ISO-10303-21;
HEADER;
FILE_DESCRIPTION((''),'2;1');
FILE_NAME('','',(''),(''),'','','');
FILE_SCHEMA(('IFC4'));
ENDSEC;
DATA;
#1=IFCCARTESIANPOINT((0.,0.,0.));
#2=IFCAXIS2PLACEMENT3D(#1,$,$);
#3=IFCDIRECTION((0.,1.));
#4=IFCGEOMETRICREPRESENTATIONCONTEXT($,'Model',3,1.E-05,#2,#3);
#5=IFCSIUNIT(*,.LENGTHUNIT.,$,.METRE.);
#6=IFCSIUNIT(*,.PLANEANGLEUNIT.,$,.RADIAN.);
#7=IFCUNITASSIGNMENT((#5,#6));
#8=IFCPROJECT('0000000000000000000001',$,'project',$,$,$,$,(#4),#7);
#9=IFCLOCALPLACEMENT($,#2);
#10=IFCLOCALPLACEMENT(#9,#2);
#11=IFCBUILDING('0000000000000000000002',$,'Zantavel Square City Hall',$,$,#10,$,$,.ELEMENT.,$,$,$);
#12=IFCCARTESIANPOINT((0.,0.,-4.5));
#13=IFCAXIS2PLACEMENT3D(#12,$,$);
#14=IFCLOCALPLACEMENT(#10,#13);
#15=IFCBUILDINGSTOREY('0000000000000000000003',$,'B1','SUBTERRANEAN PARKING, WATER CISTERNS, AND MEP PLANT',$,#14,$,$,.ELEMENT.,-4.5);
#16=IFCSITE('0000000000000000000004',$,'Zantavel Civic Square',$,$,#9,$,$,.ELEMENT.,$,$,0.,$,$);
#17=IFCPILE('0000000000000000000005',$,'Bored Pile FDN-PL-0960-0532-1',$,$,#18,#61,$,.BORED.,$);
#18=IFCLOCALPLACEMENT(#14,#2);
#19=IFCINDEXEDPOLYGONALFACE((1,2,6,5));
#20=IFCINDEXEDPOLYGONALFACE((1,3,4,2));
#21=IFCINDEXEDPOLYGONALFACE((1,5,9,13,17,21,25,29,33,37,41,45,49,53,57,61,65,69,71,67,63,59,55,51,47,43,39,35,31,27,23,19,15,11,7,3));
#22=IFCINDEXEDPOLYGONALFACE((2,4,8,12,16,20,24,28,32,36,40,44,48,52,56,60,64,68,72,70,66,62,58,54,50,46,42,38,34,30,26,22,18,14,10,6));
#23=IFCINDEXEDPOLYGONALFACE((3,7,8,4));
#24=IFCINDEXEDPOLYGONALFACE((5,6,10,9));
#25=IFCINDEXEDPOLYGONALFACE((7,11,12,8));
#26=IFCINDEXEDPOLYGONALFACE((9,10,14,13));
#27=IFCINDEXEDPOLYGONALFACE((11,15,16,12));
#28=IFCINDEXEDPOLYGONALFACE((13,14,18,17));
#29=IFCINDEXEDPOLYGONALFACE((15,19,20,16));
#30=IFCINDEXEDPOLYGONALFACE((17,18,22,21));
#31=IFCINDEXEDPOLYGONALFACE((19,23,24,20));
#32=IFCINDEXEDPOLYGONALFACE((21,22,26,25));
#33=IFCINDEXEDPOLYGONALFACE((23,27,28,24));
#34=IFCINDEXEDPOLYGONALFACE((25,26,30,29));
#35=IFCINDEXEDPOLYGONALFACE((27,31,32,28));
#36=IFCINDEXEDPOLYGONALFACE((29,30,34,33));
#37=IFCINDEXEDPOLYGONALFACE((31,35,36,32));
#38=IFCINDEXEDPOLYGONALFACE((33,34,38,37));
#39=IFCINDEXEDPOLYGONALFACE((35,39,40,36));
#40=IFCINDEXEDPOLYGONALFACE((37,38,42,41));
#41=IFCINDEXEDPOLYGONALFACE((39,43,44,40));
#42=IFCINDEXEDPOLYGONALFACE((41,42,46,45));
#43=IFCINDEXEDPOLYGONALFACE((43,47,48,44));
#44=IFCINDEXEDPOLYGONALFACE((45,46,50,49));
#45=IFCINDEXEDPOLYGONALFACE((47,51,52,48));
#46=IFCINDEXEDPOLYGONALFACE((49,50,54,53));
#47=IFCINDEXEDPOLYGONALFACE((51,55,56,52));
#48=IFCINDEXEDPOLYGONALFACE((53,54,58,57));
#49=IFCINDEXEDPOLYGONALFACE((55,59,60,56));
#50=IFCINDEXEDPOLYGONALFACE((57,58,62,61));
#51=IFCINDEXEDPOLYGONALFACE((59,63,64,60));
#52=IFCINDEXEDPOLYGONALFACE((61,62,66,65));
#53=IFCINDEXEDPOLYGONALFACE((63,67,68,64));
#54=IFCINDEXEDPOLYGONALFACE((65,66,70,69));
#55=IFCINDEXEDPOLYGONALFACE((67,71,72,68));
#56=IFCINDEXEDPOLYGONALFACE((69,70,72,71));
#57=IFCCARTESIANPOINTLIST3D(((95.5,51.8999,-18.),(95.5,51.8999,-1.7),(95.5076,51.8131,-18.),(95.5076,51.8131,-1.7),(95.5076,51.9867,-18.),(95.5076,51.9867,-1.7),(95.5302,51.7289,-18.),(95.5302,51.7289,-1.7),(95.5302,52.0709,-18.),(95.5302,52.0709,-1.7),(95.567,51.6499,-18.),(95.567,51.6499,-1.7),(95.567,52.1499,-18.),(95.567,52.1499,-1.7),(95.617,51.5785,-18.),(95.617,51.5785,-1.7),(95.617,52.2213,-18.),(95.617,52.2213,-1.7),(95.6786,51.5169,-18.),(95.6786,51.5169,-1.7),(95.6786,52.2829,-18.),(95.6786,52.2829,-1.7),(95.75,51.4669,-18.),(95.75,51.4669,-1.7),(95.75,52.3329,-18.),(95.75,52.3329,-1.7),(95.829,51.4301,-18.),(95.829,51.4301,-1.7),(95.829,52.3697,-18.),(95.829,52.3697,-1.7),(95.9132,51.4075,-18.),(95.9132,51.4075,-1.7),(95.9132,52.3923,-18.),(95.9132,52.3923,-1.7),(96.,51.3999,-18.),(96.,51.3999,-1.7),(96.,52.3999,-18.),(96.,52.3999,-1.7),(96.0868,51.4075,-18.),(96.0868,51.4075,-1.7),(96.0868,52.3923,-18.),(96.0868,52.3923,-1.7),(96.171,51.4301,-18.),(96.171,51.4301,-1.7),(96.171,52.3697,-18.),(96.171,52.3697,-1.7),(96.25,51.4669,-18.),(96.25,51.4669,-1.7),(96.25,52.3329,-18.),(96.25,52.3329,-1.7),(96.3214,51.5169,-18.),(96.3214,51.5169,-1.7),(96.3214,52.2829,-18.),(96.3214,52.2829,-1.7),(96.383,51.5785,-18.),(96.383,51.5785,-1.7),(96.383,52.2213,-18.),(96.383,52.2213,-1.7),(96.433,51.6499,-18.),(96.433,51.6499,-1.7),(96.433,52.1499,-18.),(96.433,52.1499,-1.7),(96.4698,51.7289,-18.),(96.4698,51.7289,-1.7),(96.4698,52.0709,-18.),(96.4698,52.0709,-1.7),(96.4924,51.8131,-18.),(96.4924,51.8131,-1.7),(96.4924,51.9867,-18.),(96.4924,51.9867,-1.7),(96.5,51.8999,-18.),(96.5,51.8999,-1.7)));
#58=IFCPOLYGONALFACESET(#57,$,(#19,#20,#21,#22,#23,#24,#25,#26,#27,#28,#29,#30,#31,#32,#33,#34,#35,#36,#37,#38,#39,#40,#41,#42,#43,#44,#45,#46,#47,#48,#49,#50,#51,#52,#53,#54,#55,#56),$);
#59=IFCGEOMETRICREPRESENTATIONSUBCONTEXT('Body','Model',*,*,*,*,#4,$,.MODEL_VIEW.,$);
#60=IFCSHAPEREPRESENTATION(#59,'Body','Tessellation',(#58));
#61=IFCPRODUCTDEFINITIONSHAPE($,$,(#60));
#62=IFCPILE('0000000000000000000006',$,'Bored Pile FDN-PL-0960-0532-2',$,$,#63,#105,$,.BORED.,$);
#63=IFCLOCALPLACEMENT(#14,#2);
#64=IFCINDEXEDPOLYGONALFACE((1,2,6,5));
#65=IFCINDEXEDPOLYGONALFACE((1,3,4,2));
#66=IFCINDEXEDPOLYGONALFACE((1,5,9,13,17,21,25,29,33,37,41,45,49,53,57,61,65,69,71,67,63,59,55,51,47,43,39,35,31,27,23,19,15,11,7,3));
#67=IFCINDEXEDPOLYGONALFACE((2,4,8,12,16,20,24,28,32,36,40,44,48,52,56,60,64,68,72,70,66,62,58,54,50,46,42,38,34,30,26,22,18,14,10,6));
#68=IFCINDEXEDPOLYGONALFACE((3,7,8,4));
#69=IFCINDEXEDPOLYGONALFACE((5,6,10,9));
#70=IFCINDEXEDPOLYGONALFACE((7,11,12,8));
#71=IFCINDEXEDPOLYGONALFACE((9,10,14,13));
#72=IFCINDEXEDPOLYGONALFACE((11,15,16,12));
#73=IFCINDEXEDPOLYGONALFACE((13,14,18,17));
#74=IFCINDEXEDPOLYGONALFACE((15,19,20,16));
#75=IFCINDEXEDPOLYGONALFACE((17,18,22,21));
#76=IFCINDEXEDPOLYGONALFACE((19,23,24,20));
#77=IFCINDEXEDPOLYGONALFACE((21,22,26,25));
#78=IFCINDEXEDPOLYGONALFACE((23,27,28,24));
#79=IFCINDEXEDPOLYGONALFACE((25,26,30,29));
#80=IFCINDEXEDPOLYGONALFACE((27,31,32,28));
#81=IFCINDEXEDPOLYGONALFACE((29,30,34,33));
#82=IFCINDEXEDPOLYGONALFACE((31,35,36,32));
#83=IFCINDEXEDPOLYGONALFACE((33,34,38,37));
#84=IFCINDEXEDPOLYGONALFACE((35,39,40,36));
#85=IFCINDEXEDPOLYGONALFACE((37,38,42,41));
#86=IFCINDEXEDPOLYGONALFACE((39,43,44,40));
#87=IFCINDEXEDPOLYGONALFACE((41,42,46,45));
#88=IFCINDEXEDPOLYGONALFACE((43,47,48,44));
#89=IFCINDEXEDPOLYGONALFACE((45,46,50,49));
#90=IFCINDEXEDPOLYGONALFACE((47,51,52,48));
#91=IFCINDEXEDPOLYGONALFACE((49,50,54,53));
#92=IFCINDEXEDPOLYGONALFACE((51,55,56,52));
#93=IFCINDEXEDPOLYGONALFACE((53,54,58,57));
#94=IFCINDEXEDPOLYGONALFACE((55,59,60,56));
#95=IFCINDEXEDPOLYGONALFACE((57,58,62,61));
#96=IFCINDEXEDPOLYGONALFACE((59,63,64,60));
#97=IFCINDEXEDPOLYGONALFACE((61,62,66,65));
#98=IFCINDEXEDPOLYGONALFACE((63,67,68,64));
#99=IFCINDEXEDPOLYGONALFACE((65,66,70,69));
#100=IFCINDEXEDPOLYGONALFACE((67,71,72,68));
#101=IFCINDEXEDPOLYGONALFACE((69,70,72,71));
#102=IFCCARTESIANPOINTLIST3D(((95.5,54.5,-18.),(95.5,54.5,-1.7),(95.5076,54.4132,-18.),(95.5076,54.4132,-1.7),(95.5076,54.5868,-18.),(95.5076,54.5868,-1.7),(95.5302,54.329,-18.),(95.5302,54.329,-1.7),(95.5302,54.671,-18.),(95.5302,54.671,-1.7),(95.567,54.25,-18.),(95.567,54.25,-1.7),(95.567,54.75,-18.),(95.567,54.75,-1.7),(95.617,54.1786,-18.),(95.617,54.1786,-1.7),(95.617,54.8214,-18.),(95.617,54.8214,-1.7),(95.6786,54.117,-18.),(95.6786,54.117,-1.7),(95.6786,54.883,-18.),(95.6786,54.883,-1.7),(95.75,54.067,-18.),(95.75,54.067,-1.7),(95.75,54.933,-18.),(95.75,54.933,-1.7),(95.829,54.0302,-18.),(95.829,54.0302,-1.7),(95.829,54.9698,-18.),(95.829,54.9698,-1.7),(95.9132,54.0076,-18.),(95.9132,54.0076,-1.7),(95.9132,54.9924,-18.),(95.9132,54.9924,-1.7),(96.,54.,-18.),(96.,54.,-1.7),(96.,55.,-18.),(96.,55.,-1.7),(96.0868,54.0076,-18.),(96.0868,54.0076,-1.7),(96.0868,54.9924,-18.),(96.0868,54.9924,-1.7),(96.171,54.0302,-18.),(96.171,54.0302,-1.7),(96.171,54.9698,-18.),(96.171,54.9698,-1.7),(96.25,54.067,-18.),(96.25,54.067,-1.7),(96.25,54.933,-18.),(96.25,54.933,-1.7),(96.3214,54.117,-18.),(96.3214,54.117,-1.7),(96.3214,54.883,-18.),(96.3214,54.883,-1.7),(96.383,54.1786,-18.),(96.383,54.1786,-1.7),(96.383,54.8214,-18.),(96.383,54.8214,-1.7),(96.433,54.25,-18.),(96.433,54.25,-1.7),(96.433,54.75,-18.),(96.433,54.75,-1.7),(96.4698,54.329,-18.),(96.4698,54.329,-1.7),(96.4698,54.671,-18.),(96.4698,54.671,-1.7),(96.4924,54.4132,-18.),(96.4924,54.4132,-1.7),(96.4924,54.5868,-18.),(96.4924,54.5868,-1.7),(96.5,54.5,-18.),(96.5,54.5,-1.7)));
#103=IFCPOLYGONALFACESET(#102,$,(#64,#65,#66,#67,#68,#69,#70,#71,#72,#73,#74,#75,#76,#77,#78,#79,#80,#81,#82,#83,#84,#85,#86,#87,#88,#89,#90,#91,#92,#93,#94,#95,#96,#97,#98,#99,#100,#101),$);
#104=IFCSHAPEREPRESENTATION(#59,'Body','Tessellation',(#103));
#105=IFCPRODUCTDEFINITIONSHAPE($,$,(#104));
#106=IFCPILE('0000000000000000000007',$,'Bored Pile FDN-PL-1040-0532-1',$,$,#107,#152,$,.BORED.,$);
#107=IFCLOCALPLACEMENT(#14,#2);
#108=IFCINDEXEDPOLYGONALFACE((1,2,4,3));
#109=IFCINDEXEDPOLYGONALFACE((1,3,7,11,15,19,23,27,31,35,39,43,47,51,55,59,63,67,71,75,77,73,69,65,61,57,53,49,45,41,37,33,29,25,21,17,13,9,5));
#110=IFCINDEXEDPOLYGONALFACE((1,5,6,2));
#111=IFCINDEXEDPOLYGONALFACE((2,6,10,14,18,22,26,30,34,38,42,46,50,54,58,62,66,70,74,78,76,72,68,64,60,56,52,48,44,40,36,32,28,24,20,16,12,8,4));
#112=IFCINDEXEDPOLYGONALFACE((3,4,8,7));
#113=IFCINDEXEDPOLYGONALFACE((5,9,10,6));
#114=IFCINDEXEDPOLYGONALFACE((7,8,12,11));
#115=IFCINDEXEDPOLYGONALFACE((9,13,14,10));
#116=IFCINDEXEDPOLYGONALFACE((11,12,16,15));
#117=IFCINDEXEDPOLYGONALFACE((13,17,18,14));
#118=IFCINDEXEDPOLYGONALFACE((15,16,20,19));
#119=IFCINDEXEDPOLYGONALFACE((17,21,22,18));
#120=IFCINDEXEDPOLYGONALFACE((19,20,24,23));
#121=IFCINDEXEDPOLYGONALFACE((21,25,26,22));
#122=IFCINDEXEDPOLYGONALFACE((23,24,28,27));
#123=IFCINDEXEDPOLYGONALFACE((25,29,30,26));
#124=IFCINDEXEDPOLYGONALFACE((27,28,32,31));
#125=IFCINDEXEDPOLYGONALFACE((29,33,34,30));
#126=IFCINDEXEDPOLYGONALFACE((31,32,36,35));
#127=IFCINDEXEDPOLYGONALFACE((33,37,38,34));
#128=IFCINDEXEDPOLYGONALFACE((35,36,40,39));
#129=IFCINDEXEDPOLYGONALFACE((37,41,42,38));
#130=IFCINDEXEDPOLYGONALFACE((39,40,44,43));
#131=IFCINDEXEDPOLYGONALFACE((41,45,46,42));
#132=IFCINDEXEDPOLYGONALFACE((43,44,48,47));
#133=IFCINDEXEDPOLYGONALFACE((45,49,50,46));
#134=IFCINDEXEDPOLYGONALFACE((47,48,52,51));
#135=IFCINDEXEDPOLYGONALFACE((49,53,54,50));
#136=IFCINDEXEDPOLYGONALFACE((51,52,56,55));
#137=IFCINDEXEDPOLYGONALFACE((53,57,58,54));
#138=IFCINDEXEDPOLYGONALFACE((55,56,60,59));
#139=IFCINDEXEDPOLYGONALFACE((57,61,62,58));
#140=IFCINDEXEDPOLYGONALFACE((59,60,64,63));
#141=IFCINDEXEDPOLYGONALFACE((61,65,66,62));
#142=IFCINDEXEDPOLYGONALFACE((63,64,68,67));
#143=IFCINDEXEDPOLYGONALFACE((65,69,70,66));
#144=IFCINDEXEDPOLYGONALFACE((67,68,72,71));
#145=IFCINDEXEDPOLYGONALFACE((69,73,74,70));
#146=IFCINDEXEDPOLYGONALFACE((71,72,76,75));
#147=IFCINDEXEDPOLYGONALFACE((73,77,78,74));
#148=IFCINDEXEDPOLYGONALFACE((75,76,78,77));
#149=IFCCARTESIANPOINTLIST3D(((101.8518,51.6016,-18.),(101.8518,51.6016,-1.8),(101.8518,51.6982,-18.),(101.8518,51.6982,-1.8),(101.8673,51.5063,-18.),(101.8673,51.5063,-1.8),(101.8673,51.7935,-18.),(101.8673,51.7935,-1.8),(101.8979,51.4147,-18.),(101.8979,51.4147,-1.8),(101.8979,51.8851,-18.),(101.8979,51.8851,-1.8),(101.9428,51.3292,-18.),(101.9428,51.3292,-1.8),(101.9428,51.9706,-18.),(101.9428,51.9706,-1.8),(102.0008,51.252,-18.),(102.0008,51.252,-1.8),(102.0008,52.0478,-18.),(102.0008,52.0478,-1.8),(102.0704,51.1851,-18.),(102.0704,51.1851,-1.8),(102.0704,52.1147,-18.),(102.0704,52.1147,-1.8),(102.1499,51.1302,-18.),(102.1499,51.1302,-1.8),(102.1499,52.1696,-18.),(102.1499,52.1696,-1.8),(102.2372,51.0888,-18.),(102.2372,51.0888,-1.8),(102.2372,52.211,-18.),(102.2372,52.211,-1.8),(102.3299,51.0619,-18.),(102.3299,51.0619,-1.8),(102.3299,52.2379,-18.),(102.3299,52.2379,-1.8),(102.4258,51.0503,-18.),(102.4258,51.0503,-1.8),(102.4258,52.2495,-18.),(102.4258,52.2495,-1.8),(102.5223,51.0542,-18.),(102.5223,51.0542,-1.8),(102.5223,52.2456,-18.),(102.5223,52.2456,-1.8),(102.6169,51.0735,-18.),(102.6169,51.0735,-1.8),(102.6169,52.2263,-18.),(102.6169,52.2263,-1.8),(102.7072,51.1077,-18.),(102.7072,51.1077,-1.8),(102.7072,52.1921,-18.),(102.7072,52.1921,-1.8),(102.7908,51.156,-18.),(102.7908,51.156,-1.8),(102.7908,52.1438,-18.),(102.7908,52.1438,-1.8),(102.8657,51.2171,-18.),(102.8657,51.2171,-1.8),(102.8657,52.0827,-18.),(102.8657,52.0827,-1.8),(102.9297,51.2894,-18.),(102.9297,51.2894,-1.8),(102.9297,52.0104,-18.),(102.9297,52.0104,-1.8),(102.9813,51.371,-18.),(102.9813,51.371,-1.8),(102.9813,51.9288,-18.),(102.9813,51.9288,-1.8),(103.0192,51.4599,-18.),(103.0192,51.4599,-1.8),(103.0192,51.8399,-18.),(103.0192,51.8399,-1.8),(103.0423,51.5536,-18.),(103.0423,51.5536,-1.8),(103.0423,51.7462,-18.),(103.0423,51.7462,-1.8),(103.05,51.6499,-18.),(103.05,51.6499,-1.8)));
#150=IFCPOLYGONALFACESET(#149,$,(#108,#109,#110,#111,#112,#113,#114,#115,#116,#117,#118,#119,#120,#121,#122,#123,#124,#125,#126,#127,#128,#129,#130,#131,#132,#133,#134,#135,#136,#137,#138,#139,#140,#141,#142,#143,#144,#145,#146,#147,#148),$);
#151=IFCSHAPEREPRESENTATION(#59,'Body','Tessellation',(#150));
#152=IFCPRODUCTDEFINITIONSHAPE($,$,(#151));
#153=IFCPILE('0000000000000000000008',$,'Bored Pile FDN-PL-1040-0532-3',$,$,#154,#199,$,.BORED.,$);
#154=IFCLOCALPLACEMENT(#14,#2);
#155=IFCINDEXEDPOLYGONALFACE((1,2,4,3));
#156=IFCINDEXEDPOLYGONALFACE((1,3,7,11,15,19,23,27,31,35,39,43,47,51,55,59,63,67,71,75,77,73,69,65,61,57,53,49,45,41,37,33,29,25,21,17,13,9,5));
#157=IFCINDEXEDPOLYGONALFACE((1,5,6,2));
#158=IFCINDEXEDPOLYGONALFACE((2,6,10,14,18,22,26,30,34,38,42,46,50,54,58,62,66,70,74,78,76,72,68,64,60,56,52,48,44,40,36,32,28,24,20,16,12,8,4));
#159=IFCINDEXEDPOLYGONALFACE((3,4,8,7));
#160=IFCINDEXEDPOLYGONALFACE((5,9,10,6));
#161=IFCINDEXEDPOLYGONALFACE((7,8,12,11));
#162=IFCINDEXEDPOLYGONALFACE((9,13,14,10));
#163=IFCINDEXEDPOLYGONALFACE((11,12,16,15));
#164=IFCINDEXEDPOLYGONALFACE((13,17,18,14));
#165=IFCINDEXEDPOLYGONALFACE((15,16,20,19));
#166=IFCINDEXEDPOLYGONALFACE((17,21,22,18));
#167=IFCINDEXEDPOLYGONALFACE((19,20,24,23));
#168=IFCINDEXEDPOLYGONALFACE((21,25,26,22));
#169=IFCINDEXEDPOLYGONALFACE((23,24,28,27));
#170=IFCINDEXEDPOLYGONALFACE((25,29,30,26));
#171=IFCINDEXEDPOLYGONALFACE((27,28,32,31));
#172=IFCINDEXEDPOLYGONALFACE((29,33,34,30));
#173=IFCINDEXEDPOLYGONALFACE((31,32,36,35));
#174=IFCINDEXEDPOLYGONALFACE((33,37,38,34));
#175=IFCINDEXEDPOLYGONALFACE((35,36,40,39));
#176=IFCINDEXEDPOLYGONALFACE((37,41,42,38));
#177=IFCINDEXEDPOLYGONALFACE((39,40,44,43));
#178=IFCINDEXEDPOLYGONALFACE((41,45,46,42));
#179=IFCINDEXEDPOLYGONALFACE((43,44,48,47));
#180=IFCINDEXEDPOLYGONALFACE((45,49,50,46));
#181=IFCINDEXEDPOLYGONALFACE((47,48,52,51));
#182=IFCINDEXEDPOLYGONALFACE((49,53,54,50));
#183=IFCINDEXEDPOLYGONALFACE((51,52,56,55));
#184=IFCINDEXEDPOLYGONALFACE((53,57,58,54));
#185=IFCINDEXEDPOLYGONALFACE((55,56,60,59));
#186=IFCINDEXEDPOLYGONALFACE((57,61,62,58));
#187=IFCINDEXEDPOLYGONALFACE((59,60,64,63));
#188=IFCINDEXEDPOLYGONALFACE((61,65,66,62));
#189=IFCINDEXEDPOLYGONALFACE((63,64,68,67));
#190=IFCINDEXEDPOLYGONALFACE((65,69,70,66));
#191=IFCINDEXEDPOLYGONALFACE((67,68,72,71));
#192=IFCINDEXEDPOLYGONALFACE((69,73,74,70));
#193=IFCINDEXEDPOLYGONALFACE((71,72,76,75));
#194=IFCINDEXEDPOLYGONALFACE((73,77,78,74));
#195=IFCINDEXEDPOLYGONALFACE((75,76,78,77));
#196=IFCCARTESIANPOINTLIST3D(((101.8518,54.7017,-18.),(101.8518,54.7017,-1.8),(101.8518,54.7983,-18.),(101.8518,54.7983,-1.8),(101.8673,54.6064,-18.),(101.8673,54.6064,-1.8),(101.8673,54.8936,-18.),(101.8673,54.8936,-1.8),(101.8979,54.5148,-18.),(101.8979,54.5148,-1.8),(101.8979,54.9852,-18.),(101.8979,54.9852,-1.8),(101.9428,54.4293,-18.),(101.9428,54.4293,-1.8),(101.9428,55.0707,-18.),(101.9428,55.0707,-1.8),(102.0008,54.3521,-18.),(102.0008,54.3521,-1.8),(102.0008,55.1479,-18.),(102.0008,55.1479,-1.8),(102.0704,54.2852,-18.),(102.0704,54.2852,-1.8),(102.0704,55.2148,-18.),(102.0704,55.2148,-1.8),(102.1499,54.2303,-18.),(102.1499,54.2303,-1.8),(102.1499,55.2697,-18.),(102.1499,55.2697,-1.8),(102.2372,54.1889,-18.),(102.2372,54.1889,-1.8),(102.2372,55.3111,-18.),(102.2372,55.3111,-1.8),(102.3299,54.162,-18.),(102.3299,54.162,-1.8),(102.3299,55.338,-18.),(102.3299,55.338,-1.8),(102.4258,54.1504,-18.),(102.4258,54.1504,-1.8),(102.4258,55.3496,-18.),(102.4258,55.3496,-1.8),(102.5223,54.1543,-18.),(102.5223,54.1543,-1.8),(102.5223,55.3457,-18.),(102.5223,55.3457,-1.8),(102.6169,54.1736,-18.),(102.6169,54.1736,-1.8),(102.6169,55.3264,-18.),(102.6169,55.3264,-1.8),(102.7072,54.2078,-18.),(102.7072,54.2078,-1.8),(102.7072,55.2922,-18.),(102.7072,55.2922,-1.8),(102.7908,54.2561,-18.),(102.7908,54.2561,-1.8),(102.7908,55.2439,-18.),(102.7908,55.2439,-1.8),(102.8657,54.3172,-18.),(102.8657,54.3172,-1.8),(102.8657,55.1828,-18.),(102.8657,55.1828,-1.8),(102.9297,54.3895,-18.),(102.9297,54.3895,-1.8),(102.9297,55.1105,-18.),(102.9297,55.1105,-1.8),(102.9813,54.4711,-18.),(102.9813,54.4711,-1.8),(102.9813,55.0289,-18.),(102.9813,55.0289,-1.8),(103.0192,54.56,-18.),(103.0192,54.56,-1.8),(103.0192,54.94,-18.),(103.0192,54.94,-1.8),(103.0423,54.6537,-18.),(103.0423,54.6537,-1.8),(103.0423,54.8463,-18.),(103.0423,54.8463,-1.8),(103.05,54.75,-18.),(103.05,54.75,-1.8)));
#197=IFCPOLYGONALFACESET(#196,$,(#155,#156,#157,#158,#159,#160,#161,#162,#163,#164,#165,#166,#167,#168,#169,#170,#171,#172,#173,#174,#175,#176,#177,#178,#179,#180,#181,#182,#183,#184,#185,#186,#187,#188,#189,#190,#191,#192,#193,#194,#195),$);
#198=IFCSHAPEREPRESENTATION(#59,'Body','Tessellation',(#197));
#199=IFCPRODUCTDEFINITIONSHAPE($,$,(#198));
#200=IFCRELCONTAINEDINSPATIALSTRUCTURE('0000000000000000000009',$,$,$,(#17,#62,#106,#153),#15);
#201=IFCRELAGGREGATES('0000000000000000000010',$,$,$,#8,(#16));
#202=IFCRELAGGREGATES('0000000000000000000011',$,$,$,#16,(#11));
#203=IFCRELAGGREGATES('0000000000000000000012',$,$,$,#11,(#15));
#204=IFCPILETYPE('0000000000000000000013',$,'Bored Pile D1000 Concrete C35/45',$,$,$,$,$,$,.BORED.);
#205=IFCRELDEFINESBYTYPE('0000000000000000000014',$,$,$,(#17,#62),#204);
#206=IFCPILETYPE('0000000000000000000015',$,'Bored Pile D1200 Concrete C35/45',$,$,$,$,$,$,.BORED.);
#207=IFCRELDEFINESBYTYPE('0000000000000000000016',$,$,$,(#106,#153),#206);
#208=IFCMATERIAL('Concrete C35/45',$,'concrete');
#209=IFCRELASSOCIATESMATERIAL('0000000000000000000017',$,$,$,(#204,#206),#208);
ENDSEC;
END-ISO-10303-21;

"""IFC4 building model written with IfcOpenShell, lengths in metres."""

from ifc_helpers import new_model, si_unit, direction, frame, origin, origin_2d, place, context, subcontext, project, spatial, circle, extrude, material, material_profile, profile_set, type_object, element, save


model = new_model("IFC4")

# Units and contexts
model_context = context("Model", 3, precision=1e-05, world=origin(), true_north=direction((0.0, 1.0)))
body_context = subcontext(model_context, "Body", "Model", "MODEL_VIEW")
ifc_project = project(units=[si_unit("LENGTHUNIT", "METRE"), si_unit("PLANEANGLEUNIT", "RADIAN")], contexts=[model_context])

# Site, building, storey
site_placement = place(None, origin())
site = spatial("IfcSite", under=ifc_project, at=site_placement, Name="Zantavel Civic Square", CompositionType="ELEMENT", RefElevation=0.0)
building_placement = place(site_placement, origin())
building = spatial("IfcBuilding", under=site, at=building_placement, Name="Zantavel Square City Hall", CompositionType="ELEMENT")
storey_placement = place(building_placement, frame((0.0, 0.0, -4.5)))
storey = spatial("IfcBuildingStorey", under=building, at=storey_placement, Name="B1", Description="SUBTERRANEAN PARKING, WATER CISTERNS, AND MEP PLANT", CompositionType="ELEMENT", Elevation=-4.5)

# Piles
ifc_material_1 = material(Name="Concrete C35/45", Category="concrete")
ifc_material_profile_1 = material_profile(ifc_material_1, circle(Radius=0.5, at=origin_2d()), Name="PILE D1000")
ifc_profile_set_1 = profile_set([ifc_material_profile_1], Name="Concrete C35/45")
pile_type_1 = type_object("IfcPileType", Name="Bored Pile D1000 Concrete C35/45", PredefinedType="BORED", material=ifc_profile_set_1)
for number, where, z_axis, x_axis, name in (
    (1, (96.0, 51.8999, -1.7), (0.0, 0.0, -1.0), (1.0, 0.0, 0.0), "Bored Pile FDN-PL-0960-0532-1"),
    (2, (96.0, 54.5, -1.7), (0.0, 0.0, -1.0), (1.0, 0.0, 0.0), "Bored Pile FDN-PL-0960-0532-2"),
):
    element("IfcPile", number, at=place(storey_placement, frame(where, z_axis=z_axis, x_axis=x_axis)), inside=storey, type_object=pile_type_1, Name=name, PredefinedType="BORED", context=body_context, shape_type="SweptSolid", body=[
        extrude(circle(Radius=0.5, at=origin_2d()), origin(), (0.0, 0.0, 1.0), 16.3),
    ])
ifc_material_profile_2 = material_profile(ifc_material_1, circle(Radius=0.6001, at=origin_2d()), Name="PILE D1200")
ifc_profile_set_2 = profile_set([ifc_material_profile_2], Name="Concrete C35/45")
pile_type_2 = type_object("IfcPileType", Name="Bored Pile D1200 Concrete C35/45", PredefinedType="BORED", material=ifc_profile_set_2)
for number, where, z_axis, x_axis, name in (
    (3, (102.45, 51.6499, -1.8), (0.0, 0.0, -1.0), (1.0, 0.0, 0.0), "Bored Pile FDN-PL-1040-0532-1"),
    (4, (102.45, 54.75, -1.8), (0.0, 0.0, -1.0), (1.0, 0.0, 0.0), "Bored Pile FDN-PL-1040-0532-3"),
):
    element("IfcPile", number, at=place(storey_placement, frame(where, z_axis=z_axis, x_axis=x_axis)), inside=storey, type_object=pile_type_2, Name=name, PredefinedType="BORED", context=body_context, shape_type="SweptSolid", body=[
        extrude(circle(Radius=0.6001, at=origin_2d()), origin(), (0.0, 0.0, 1.0), 16.2),
    ])

save(model, "model.ifc")
